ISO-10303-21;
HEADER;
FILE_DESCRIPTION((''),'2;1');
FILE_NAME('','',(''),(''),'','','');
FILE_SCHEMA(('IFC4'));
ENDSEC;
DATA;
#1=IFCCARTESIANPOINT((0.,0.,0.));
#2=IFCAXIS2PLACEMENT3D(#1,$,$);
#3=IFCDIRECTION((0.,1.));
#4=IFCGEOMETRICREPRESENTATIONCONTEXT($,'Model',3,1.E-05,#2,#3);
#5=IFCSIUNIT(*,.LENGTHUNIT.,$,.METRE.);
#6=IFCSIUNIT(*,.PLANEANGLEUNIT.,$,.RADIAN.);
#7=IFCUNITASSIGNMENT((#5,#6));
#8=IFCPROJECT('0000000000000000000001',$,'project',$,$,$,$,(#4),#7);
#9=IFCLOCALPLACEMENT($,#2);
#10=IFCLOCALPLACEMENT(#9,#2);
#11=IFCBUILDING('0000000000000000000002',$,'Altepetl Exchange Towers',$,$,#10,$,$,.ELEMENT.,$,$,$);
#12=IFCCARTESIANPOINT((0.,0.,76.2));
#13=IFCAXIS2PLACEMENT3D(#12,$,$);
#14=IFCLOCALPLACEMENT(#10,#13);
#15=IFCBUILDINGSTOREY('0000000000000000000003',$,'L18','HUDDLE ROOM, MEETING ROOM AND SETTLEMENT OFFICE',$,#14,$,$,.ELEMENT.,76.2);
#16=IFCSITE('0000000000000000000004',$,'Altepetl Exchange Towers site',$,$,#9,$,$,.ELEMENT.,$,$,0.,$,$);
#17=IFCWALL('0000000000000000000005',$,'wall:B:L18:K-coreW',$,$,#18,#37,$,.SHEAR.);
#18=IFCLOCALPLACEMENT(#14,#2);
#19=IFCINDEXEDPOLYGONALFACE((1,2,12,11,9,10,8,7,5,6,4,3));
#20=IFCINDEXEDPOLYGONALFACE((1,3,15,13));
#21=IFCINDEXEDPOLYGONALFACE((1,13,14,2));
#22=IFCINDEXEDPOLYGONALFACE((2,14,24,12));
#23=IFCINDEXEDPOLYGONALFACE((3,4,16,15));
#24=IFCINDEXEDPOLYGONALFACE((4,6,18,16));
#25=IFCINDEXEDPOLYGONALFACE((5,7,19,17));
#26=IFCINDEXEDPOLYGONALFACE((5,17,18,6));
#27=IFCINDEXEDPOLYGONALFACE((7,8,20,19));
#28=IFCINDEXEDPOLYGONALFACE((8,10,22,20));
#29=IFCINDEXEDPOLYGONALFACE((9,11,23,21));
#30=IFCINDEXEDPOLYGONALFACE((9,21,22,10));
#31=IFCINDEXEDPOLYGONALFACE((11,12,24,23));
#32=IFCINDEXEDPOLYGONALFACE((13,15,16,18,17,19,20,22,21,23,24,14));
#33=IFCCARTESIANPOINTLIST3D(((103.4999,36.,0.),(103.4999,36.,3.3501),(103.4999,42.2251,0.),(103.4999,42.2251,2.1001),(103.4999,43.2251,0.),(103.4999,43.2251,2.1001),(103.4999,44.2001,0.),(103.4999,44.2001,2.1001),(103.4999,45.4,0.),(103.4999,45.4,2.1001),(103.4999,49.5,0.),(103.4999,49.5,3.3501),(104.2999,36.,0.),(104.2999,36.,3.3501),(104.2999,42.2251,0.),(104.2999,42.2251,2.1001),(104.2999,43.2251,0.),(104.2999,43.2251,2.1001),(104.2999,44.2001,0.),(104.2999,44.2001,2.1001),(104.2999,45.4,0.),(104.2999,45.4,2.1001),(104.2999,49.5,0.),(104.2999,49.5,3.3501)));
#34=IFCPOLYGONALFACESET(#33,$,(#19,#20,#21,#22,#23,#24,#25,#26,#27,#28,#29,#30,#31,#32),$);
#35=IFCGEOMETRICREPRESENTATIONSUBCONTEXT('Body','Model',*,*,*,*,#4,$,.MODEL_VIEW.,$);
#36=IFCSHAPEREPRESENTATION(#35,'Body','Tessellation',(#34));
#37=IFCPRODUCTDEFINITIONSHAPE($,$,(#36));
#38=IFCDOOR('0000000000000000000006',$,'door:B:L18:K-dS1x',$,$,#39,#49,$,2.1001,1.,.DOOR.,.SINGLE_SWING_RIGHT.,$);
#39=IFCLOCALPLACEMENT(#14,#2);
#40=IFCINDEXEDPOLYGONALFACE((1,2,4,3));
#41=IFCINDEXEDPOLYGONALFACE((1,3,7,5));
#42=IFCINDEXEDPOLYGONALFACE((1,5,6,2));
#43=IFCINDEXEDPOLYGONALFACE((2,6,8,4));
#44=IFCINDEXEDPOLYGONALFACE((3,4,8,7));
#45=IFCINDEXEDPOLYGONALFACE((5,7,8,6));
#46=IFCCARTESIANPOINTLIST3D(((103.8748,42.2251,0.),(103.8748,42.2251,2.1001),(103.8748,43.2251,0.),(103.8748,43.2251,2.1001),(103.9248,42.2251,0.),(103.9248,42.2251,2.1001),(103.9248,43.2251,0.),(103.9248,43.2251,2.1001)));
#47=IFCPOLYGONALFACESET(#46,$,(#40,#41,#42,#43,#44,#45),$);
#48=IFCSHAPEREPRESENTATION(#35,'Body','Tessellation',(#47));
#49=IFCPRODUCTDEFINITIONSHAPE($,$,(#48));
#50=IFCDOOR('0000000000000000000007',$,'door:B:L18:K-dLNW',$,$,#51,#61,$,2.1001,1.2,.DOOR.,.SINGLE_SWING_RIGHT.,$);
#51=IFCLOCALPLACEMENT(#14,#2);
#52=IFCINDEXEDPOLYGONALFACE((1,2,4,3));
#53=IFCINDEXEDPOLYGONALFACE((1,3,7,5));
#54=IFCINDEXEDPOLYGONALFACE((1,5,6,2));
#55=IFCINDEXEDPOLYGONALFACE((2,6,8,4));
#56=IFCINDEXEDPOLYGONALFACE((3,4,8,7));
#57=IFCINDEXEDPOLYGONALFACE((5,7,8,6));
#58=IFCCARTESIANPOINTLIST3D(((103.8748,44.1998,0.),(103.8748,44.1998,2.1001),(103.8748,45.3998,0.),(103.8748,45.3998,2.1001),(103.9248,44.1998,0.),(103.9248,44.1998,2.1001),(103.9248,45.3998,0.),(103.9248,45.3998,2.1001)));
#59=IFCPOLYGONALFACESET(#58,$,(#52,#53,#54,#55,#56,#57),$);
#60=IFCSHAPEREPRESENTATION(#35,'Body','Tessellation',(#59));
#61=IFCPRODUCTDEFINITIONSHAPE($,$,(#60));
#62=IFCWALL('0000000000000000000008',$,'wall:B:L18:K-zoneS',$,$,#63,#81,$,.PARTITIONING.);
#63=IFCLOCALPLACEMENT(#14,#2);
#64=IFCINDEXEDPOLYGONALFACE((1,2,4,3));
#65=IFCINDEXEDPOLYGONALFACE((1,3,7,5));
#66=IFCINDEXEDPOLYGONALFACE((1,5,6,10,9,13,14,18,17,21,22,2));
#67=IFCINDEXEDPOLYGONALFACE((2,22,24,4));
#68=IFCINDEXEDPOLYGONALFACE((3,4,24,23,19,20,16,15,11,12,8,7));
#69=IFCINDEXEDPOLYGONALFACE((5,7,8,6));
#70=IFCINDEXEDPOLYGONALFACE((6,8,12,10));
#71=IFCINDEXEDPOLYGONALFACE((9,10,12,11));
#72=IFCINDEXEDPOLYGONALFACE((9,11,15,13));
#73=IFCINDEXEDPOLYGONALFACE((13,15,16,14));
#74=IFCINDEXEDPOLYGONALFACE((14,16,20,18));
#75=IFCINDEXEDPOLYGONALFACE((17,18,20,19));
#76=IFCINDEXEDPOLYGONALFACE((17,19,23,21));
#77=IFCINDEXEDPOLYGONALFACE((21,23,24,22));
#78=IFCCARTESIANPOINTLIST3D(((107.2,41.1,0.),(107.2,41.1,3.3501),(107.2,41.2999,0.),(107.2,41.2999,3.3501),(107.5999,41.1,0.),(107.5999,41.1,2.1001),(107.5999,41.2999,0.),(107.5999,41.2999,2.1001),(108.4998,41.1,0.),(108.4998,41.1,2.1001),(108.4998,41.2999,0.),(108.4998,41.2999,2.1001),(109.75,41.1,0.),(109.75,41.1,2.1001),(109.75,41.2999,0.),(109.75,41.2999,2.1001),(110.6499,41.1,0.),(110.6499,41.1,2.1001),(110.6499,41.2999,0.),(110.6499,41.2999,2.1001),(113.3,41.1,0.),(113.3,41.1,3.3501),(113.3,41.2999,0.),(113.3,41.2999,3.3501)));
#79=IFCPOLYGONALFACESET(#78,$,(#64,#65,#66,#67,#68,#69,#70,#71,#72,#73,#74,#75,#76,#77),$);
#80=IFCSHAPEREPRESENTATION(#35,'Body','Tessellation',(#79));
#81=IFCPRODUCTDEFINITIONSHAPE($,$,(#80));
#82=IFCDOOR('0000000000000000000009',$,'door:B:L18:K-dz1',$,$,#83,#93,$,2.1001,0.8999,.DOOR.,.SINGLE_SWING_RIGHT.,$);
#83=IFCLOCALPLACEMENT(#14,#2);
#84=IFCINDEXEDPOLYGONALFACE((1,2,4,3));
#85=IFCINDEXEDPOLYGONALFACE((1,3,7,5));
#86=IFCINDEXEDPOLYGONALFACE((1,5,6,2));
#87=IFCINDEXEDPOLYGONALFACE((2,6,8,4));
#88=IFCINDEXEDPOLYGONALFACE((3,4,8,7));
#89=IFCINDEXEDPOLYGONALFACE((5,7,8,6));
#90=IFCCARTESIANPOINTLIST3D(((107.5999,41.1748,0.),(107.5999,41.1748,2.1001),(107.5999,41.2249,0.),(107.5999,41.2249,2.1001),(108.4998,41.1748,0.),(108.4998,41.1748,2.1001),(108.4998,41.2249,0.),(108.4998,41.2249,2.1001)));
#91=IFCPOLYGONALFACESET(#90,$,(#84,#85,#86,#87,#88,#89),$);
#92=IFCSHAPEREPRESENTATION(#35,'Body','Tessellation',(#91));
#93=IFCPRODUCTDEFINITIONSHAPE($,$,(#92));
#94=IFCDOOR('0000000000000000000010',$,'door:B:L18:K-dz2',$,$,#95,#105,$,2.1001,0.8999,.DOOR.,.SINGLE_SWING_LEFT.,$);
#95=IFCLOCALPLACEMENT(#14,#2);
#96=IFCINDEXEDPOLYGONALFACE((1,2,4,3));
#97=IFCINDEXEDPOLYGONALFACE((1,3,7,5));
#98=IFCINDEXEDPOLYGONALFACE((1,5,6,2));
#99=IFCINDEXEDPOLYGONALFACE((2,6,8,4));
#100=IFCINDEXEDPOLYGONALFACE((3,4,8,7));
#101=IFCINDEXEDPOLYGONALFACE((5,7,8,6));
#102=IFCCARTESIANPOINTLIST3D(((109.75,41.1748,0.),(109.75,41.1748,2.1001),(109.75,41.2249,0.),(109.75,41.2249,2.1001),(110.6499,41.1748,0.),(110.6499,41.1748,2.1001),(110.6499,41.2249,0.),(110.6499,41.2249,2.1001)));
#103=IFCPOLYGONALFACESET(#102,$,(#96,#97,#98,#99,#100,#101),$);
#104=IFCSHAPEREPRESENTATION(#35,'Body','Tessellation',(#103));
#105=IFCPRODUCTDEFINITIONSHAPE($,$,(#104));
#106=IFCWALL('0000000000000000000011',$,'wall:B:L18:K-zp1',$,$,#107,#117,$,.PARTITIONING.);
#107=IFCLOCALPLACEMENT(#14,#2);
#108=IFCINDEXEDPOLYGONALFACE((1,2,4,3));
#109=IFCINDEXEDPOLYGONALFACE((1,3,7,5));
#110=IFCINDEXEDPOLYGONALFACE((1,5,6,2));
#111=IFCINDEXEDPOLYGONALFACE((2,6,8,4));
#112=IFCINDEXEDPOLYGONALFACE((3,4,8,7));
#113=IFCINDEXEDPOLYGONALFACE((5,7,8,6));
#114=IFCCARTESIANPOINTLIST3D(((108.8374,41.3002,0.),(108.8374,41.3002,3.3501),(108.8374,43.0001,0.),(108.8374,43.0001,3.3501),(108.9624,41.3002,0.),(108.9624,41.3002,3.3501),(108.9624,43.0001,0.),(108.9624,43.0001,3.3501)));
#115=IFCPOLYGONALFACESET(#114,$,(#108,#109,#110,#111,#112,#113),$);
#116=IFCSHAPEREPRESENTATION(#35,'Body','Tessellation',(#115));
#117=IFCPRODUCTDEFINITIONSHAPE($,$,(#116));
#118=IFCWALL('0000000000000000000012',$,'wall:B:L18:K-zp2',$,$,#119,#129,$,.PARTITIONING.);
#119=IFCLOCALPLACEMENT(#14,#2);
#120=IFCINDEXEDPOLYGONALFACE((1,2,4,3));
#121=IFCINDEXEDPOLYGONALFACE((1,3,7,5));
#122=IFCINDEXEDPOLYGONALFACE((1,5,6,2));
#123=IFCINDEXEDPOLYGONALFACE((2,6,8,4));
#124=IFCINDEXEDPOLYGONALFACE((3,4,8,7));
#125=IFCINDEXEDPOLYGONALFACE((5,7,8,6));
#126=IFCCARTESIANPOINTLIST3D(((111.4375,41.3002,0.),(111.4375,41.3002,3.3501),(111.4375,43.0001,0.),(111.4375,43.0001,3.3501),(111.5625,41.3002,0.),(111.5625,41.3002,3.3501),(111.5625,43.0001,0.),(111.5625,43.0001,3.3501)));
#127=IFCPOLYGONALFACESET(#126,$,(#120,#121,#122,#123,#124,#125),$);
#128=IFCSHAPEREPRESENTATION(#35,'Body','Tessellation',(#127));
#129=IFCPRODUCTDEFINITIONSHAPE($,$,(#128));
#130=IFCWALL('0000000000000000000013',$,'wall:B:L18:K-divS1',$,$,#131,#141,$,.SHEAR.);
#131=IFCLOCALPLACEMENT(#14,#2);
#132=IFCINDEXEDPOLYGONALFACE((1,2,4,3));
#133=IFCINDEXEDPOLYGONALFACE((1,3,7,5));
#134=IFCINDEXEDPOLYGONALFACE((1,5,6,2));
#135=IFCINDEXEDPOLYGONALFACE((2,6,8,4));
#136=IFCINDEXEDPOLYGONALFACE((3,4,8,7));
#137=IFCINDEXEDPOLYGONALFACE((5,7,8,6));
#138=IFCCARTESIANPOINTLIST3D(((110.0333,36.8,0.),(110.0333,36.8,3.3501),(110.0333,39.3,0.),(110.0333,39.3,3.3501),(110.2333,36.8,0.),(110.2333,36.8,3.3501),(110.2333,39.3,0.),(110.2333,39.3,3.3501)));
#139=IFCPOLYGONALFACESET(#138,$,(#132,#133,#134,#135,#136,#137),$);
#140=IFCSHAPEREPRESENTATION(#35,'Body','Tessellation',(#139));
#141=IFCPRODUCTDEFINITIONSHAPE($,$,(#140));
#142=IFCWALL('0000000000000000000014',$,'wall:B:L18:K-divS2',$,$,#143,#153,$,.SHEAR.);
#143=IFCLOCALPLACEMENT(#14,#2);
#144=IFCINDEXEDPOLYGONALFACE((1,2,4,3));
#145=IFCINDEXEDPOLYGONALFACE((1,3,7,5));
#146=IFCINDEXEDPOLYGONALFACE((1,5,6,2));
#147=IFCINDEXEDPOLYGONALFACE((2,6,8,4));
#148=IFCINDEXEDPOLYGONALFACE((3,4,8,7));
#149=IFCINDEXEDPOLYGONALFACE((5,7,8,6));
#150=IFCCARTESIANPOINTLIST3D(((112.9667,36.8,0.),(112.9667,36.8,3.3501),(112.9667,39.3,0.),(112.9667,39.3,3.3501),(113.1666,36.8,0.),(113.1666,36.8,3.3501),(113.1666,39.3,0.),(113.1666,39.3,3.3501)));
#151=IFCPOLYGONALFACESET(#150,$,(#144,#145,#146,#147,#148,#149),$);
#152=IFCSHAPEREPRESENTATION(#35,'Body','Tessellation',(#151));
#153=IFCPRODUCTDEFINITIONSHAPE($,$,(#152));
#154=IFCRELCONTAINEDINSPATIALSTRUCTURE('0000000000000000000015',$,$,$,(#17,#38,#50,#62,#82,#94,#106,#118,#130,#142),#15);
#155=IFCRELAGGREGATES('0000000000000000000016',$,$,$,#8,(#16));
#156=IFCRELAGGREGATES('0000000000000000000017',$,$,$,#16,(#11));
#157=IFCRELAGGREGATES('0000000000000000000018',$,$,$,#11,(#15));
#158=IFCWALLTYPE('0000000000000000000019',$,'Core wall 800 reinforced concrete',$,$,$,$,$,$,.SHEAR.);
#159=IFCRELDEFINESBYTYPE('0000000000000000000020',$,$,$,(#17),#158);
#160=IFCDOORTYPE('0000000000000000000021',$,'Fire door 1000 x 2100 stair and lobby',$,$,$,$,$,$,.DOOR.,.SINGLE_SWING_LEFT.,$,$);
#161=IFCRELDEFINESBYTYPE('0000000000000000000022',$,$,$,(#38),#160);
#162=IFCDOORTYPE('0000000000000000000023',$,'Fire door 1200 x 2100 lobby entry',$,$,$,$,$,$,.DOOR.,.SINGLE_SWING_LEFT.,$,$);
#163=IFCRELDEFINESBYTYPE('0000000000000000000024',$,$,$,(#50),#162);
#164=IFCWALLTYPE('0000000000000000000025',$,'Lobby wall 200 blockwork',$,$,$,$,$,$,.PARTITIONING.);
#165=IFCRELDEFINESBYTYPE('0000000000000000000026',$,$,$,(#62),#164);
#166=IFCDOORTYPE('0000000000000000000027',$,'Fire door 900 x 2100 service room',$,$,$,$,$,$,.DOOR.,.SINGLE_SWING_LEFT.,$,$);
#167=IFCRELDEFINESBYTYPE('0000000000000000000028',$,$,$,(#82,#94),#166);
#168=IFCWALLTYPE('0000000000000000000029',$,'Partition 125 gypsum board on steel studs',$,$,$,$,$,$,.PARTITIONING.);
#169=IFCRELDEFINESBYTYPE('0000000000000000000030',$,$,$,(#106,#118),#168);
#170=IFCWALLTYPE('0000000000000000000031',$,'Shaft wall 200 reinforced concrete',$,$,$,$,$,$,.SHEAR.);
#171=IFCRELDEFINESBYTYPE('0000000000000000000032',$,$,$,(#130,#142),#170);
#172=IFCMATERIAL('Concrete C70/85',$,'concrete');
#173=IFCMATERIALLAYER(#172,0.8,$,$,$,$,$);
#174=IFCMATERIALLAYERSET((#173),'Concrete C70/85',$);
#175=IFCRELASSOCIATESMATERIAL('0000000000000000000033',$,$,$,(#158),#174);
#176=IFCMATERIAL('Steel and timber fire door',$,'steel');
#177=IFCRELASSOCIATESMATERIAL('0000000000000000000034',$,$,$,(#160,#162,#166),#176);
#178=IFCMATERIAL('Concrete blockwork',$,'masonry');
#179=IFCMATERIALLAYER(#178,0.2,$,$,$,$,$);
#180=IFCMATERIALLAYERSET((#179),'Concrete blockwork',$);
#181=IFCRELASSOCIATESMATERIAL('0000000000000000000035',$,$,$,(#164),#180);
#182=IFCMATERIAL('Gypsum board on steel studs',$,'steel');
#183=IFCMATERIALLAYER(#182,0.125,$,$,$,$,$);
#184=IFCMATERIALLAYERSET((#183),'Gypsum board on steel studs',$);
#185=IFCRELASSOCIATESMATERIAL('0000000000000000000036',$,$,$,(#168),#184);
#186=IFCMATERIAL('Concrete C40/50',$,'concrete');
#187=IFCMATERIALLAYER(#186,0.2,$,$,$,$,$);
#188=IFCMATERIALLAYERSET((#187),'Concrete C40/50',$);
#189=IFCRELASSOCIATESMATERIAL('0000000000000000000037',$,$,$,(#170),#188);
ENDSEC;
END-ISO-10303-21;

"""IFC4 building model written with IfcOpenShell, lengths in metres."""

from ifc_helpers import new_model, si_unit, direction, frame, frame_2d, origin, place, context, subcontext, project, spatial, rectangle, extrude, material, layer, layer_set, type_object, element, fill, save


model = new_model("IFC4")

# Units and contexts
model_context = context("Model", 3, precision=1e-05, world=origin(), true_north=direction((0.0, 1.0)))
body_context = subcontext(model_context, "Body", "Model", "MODEL_VIEW")
ifc_project = project(units=[si_unit("LENGTHUNIT", "METRE"), si_unit("PLANEANGLEUNIT", "RADIAN")], contexts=[model_context])

# Site, building, storey
site_placement = place(None, origin())
site = spatial("IfcSite", under=ifc_project, at=site_placement, Name="Altepetl Exchange Towers site", CompositionType="ELEMENT", RefElevation=0.0)
building_placement = place(site_placement, origin())
building = spatial("IfcBuilding", under=site, at=building_placement, Name="Altepetl Exchange Towers", CompositionType="ELEMENT")
storey_placement = place(building_placement, frame((0.0, 0.0, 76.2)))
storey = spatial("IfcBuildingStorey", under=building, at=storey_placement, Name="L18", Description="HUDDLE ROOM, MEETING ROOM AND SETTLEMENT OFFICE", CompositionType="ELEMENT", Elevation=76.2)

# Shared definitions
ifc_material_1 = material(Name="Concrete C70/85", Category="concrete")

# Shared definitions
ifc_layer_1 = layer(ifc_material_1, 0.8)
ifc_layer_set_1 = layer_set([ifc_layer_1], Name="Concrete C70/85")
wall_type_1 = type_object("IfcWallType", Name="Core wall 800 reinforced concrete", PredefinedType="SHEAR", material=ifc_layer_set_1)
ifc_material_2 = material(Name="Steel and timber fire door", Category="steel")
door_type_1 = type_object("IfcDoorType", Name="Fire door 1000 x 2100 stair and lobby", OperationType="SINGLE_SWING_LEFT", PredefinedType="DOOR", material=ifc_material_2)
door_type_2 = type_object("IfcDoorType", Name="Fire door 1200 x 2100 lobby entry", OperationType="SINGLE_SWING_LEFT", PredefinedType="DOOR", material=ifc_material_2)

# Walls, openings, doors
wall_1_placement = place(storey_placement, frame((103.8999, 36.0, 0.0), z_axis=(0.0, 0.0, 1.0), x_axis=(0.0, 1.0, 0.0)))
wall_1 = element("IfcWall", 1, at=wall_1_placement, inside=storey, type_object=wall_type_1, Name="wall:B:L18:K-coreW", PredefinedType="SHEAR", context=body_context, shape_type="SweptSolid", body=[
    extrude(rectangle(XDim=13.5, YDim=0.8, at=frame_2d((6.75, 0.0))), origin(), (0.0, 0.0, 1.0), 3.3501),
])
opening_1_placement = place(wall_1_placement, frame((8.2, 0.0, 0.0)))
opening_1 = element("IfcOpeningElement", 2, at=opening_1_placement, cuts=wall_1, PredefinedType="OPENING", context=body_context, shape_type="SweptSolid", body=[
    extrude(rectangle(XDim=1.2, YDim=2.1001, at=frame_2d((0.6001, 1.05))), frame((0.0, 0.4102, 0.0), z_axis=(0.0, -1.0, 0.0), x_axis=(1.0, 0.0, 0.0)), (0.0, 0.0, 1.0), 0.8201),
])
opening_2_placement = place(wall_1_placement, frame((6.2251, 0.0, 0.0)))
opening_2 = element("IfcOpeningElement", 3, at=opening_2_placement, cuts=wall_1, PredefinedType="OPENING", context=body_context, shape_type="SweptSolid", body=[
    extrude(rectangle(XDim=1.0, YDim=2.1001, at=frame_2d((0.5, 1.05))), frame((0.0, 0.4102, 0.0), z_axis=(0.0, -1.0, 0.0), x_axis=(1.0, 0.0, 0.0)), (0.0, 0.0, 1.0), 0.8201),
])
door_1_placement = place(opening_2_placement, frame((1.0, 0.0, 0.0), x_axis=(-1.0, 0.0, 0.0)))
door_1 = element("IfcDoor", 4, at=door_1_placement, inside=storey, type_object=door_type_1, Name="door:B:L18:K-dS1x", OperationType="SINGLE_SWING_RIGHT", OverallHeight=2.1001, OverallWidth=1.0, PredefinedType="DOOR", context=body_context, shape_type="SweptSolid", body=[
    extrude(rectangle(XDim=1.0, YDim=2.1001, at=frame_2d((0.5, 1.05))), frame((0.0, 0.0249, 0.0), z_axis=(0.0, -1.0, 0.0), x_axis=(1.0, 0.0, 0.0)), (0.0, 0.0, 1.0), 0.05),
])
fill(opening_2, door_1)
door_2_placement = place(opening_1_placement, frame((1.2, 0.0, 0.0), x_axis=(-1.0, 0.0, 0.0)))
door_2 = element("IfcDoor", 5, at=door_2_placement, inside=storey, type_object=door_type_2, Name="door:B:L18:K-dLNW", OperationType="SINGLE_SWING_RIGHT", OverallHeight=2.1001, OverallWidth=1.2, PredefinedType="DOOR", context=body_context, shape_type="SweptSolid", body=[
    extrude(rectangle(XDim=1.2, YDim=2.1001, at=frame_2d((0.6001, 1.05))), frame((0.0, 0.0249, 0.0), z_axis=(0.0, -1.0, 0.0), x_axis=(1.0, 0.0, 0.0)), (0.0, 0.0, 1.0), 0.05),
])
fill(opening_1, door_2)
ifc_material_3 = material(Name="Concrete blockwork", Category="masonry")
ifc_layer_2 = layer(ifc_material_3, 0.2)
ifc_layer_set_2 = layer_set([ifc_layer_2], Name="Concrete blockwork")
wall_type_2 = type_object("IfcWallType", Name="Lobby wall 200 blockwork", PredefinedType="PARTITIONING", material=ifc_layer_set_2)
wall_2_placement = place(storey_placement, frame((107.2, 41.2, 0.0)))
wall_2 = element("IfcWall", 6, at=wall_2_placement, inside=storey, type_object=wall_type_2, Name="wall:B:L18:K-zoneS", PredefinedType="PARTITIONING", context=body_context, shape_type="SweptSolid", body=[
    extrude(rectangle(XDim=6.1001, YDim=0.2, at=frame_2d((3.05, 0.0))), origin(), (0.0, 0.0, 1.0), 3.3501),
])
opening_3_placement = place(wall_2_placement, frame((0.3999, 0.0, 0.0)))
opening_3 = element("IfcOpeningElement", 7, at=opening_3_placement, cuts=wall_2, PredefinedType="OPENING", context=body_context, shape_type="SweptSolid", body=[
    extrude(rectangle(XDim=0.8999, YDim=2.1001, at=frame_2d((0.45, 1.05))), frame((0.0, 0.1099, 0.0), z_axis=(0.0, -1.0, 0.0), x_axis=(1.0, 0.0, 0.0)), (0.0, 0.0, 1.0), 0.22),
])
opening_4_placement = place(wall_2_placement, frame((2.55, 0.0, 0.0)))
opening_4 = element("IfcOpeningElement", 8, at=opening_4_placement, cuts=wall_2, PredefinedType="OPENING", context=body_context, shape_type="SweptSolid", body=[
    extrude(rectangle(XDim=0.8999, YDim=2.1001, at=frame_2d((0.45, 1.05))), frame((0.0, 0.1099, 0.0), z_axis=(0.0, -1.0, 0.0), x_axis=(1.0, 0.0, 0.0)), (0.0, 0.0, 1.0), 0.22),
])
door_type_3 = type_object("IfcDoorType", Name="Fire door 900 x 2100 service room", OperationType="SINGLE_SWING_LEFT", PredefinedType="DOOR", material=ifc_material_2)
door_3_placement = place(opening_3_placement, origin())
door_3 = element("IfcDoor", 9, at=door_3_placement, inside=storey, type_object=door_type_3, Name="door:B:L18:K-dz1", OperationType="SINGLE_SWING_RIGHT", OverallHeight=2.1001, OverallWidth=0.8999, PredefinedType="DOOR", context=body_context, shape_type="SweptSolid", body=[
    extrude(rectangle(XDim=0.8999, YDim=2.1001, at=frame_2d((0.45, 1.05))), frame((0.0, 0.0249, 0.0), z_axis=(0.0, -1.0, 0.0), x_axis=(1.0, 0.0, 0.0)), (0.0, 0.0, 1.0), 0.05),
])
fill(opening_3, door_3)
door_4_placement = place(opening_4_placement, origin())
door_4 = element("IfcDoor", 10, at=door_4_placement, inside=storey, type_object=door_type_3, Name="door:B:L18:K-dz2", OperationType="SINGLE_SWING_LEFT", OverallHeight=2.1001, OverallWidth=0.8999, PredefinedType="DOOR", context=body_context, shape_type="SweptSolid", body=[
    extrude(rectangle(XDim=0.8999, YDim=2.1001, at=frame_2d((0.45, 1.05))), frame((0.0, 0.0249, 0.0), z_axis=(0.0, -1.0, 0.0), x_axis=(1.0, 0.0, 0.0)), (0.0, 0.0, 1.0), 0.05),
])
fill(opening_4, door_4)

# Walls
ifc_material_4 = material(Name="Gypsum board on steel studs", Category="steel")
ifc_layer_3 = layer(ifc_material_4, 0.125)
ifc_layer_set_3 = layer_set([ifc_layer_3], Name="Gypsum board on steel studs")
wall_type_3 = type_object("IfcWallType", Name="Partition 125 gypsum board on steel studs", PredefinedType="PARTITIONING", material=ifc_layer_set_3)
for number, where, z_axis, x_axis, name in (
    (11, (108.8999, 41.3, 0.0), (0.0, 0.0, 1.0), (0.0, 1.0, 0.0), "wall:B:L18:K-zp1"),
    (12, (111.5, 41.3, 0.0), (0.0, 0.0, 1.0), (0.0, 1.0, 0.0), "wall:B:L18:K-zp2"),
):
    element("IfcWall", number, at=place(storey_placement, frame(where, z_axis=z_axis, x_axis=x_axis)), inside=storey, type_object=wall_type_3, Name=name, PredefinedType="PARTITIONING", context=body_context, shape_type="SweptSolid", body=[
        extrude(rectangle(XDim=1.7, YDim=0.125, at=frame_2d((0.8501, 0.0))), origin(), (0.0, 0.0, 1.0), 3.3501),
    ])
ifc_material_5 = material(Name="Concrete C40/50", Category="concrete")
ifc_layer_4 = layer(ifc_material_5, 0.2)
ifc_layer_set_4 = layer_set([ifc_layer_4], Name="Concrete C40/50")
wall_type_4 = type_object("IfcWallType", Name="Shaft wall 200 reinforced concrete", PredefinedType="SHEAR", material=ifc_layer_set_4)
for number, where, z_axis, x_axis, name in (
    (13, (110.1333, 36.8, 0.0), (0.0, 0.0, 1.0), (0.0, 1.0, 0.0), "wall:B:L18:K-divS1"),
    (14, (113.0667, 36.8, 0.0), (0.0, 0.0, 1.0), (0.0, 1.0, 0.0), "wall:B:L18:K-divS2"),
):
    element("IfcWall", number, at=place(storey_placement, frame(where, z_axis=z_axis, x_axis=x_axis)), inside=storey, type_object=wall_type_4, Name=name, PredefinedType="SHEAR", context=body_context, shape_type="SweptSolid", body=[
        extrude(rectangle(XDim=2.5, YDim=0.2, at=frame_2d((1.25, 0.0))), origin(), (0.0, 0.0, 1.0), 3.3501),
    ])

save(model, "model.ifc")
